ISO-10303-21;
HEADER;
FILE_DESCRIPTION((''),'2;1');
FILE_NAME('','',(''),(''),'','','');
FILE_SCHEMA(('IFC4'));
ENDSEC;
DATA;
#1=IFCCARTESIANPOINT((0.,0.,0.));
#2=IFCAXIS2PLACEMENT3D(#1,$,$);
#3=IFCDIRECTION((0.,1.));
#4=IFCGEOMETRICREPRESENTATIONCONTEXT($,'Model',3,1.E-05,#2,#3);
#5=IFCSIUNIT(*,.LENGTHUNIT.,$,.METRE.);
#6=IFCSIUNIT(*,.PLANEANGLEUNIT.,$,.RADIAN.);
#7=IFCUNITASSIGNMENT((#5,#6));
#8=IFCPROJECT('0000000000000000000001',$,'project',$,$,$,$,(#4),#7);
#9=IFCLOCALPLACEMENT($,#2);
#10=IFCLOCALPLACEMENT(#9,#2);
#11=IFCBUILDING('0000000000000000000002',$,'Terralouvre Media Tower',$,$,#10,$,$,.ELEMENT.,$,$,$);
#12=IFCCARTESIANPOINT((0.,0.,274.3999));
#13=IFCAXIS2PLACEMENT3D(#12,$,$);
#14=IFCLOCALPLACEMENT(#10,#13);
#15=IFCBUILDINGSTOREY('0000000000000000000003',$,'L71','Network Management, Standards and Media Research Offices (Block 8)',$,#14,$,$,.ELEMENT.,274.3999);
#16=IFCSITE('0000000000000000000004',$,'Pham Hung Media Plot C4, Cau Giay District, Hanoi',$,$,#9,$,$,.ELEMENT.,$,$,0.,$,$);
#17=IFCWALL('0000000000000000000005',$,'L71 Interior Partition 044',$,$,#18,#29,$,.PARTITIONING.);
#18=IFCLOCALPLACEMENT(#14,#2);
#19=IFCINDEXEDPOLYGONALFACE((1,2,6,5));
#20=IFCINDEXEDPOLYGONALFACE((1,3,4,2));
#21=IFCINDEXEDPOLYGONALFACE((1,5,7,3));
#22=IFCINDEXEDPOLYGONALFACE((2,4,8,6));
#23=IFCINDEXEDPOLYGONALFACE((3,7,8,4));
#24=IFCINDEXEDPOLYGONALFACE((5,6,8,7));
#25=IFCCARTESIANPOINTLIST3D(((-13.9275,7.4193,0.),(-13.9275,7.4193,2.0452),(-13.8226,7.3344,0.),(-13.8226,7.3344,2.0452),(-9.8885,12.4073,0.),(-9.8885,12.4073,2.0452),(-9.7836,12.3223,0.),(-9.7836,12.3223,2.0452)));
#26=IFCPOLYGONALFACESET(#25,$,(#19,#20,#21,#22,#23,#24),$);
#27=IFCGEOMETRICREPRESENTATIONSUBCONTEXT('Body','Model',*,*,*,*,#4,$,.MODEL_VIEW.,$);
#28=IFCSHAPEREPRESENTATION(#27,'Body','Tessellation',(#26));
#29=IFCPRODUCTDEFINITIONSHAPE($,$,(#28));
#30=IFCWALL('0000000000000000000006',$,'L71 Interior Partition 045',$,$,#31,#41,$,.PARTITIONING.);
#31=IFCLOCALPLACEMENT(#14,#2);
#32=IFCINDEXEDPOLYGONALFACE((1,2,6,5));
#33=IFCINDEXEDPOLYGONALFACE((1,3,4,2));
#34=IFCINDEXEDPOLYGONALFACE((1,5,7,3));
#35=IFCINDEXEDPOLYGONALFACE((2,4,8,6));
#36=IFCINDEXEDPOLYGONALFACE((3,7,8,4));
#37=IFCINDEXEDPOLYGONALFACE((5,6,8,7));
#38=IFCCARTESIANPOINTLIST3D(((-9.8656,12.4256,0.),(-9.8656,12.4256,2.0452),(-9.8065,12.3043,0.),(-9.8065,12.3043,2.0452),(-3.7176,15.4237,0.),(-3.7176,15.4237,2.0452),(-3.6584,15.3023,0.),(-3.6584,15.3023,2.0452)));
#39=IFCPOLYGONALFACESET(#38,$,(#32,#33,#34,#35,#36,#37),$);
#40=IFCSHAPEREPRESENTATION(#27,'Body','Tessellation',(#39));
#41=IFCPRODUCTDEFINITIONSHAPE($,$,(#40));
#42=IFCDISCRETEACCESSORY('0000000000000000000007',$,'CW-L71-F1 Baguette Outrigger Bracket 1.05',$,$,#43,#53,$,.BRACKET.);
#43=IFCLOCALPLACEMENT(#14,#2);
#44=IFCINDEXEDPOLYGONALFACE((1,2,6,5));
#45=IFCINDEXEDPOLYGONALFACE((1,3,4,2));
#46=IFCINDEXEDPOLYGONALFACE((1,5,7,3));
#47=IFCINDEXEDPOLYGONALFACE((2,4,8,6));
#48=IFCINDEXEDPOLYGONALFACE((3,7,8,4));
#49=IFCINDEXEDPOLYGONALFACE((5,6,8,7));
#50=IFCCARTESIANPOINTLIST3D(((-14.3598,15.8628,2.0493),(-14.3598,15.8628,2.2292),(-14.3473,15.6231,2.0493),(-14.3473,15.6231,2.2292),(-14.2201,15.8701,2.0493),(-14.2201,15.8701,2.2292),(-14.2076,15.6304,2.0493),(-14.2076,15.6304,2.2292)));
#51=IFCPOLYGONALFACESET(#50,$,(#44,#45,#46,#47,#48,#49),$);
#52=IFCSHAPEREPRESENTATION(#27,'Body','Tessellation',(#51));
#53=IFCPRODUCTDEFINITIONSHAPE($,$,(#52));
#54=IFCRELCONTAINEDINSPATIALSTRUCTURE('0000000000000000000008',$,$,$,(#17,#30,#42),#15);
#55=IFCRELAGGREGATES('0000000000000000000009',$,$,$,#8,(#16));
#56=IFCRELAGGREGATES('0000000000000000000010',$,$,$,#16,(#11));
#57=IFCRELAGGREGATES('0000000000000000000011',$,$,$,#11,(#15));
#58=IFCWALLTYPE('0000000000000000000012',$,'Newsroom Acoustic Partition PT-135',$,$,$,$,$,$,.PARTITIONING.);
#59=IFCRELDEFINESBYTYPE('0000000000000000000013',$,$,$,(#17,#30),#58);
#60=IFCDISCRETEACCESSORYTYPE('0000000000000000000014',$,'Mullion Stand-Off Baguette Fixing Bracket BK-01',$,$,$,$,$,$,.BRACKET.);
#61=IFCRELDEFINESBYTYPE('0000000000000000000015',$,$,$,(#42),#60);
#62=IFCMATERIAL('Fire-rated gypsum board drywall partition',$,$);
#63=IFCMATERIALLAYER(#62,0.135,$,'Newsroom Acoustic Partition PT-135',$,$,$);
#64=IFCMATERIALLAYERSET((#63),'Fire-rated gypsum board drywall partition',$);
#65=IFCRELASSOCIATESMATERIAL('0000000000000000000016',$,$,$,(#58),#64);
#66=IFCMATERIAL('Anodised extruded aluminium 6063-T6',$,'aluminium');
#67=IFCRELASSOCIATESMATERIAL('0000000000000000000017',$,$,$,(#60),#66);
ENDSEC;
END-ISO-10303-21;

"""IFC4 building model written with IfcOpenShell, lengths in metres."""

from ifc_helpers import new_model, si_unit, direction, frame, frame_2d, origin, origin_2d, place, context, subcontext, project, spatial, rectangle, extrude, material, layer, layer_set, type_object, element, save


model = new_model("IFC4")

# Units and contexts
model_context = context("Model", 3, precision=1e-05, world=origin(), true_north=direction((0.0, 1.0)))
body_context = subcontext(model_context, "Body", "Model", "MODEL_VIEW")
ifc_project = project(units=[si_unit("LENGTHUNIT", "METRE"), si_unit("PLANEANGLEUNIT", "RADIAN")], contexts=[model_context])

# Site, building, storey
site_placement = place(None, origin())
site = spatial("IfcSite", under=ifc_project, at=site_placement, Name="Pham Hung Media Plot C4, Cau Giay District, Hanoi", CompositionType="ELEMENT", RefElevation=0.0)
building_placement = place(site_placement, origin())
building = spatial("IfcBuilding", under=site, at=building_placement, Name="Terralouvre Media Tower", CompositionType="ELEMENT")
storey_placement = place(building_placement, frame((0.0, 0.0, 274.3999)))
storey = spatial("IfcBuildingStorey", under=building, at=storey_placement, Name="L71", Description="Network Management, Standards and Media Research Offices (Block 8)", CompositionType="ELEMENT", Elevation=274.3999)

# Walls
ifc_material_1 = material(Name="Fire-rated gypsum board drywall partition")
ifc_layer_1 = layer(ifc_material_1, 0.135, Name="Newsroom Acoustic Partition PT-135")
ifc_layer_set_1 = layer_set([ifc_layer_1], Name="Fire-rated gypsum board drywall partition")
wall_type_1 = type_object("IfcWallType", Name="Newsroom Acoustic Partition PT-135", PredefinedType="PARTITIONING", material=ifc_layer_set_1)
wall_1_placement = place(storey_placement, frame((-13.875, 7.377, 0.0), z_axis=(0.0, 0.0, 1.0), x_axis=(0.629304, 0.777159, 0.0)))
element("IfcWall", 1, at=wall_1_placement, inside=storey, type_object=wall_type_1, Name="L71 Interior Partition 044", PredefinedType="PARTITIONING", context=body_context, shape_type="SweptSolid", body=[
    extrude(rectangle(XDim=6.4182, YDim=0.135, at=frame_2d((3.209, 0.0))), origin(), (0.0, 0.0, 1.0), 2.0452),
])
wall_2_placement = place(storey_placement, frame((-9.8359, 12.365, 0.0), z_axis=(0.0, 0.0, 1.0), x_axis=(0.898823, 0.438311, 0.0)))
element("IfcWall", 2, at=wall_2_placement, inside=storey, type_object=wall_type_1, Name="L71 Interior Partition 045", PredefinedType="PARTITIONING", context=body_context, shape_type="SweptSolid", body=[
    extrude(rectangle(XDim=6.8401, YDim=0.135, at=frame_2d((3.4199, 0.0))), origin(), (0.0, 0.0, 1.0), 2.0452),
])

# Discrete accessory
ifc_material_2 = material(Name="Anodised extruded aluminium 6063-T6", Category="aluminium")
discrete_accessory_type = type_object("IfcDiscreteAccessoryType", Name="Mullion Stand-Off Baguette Fixing Bracket BK-01", PredefinedType="BRACKET", material=ifc_material_2)
discrete_accessory_placement = place(storey_placement, frame((-14.2837, 15.7466, 2.0493), z_axis=(0.0, 0.0, 1.0), x_axis=(-0.99863, -0.052336, 0.0)))
element("IfcDiscreteAccessory", 3, at=discrete_accessory_placement, inside=storey, type_object=discrete_accessory_type, Name="CW-L71-F1 Baguette Outrigger Bracket 1.05", PredefinedType="BRACKET", context=body_context, shape_type="SweptSolid", body=[
    extrude(rectangle(XDim=0.1399, YDim=0.24, at=origin_2d()), origin(), (0.0, 0.0, 1.0), 0.1799),
])

save(model, "model.ifc")
